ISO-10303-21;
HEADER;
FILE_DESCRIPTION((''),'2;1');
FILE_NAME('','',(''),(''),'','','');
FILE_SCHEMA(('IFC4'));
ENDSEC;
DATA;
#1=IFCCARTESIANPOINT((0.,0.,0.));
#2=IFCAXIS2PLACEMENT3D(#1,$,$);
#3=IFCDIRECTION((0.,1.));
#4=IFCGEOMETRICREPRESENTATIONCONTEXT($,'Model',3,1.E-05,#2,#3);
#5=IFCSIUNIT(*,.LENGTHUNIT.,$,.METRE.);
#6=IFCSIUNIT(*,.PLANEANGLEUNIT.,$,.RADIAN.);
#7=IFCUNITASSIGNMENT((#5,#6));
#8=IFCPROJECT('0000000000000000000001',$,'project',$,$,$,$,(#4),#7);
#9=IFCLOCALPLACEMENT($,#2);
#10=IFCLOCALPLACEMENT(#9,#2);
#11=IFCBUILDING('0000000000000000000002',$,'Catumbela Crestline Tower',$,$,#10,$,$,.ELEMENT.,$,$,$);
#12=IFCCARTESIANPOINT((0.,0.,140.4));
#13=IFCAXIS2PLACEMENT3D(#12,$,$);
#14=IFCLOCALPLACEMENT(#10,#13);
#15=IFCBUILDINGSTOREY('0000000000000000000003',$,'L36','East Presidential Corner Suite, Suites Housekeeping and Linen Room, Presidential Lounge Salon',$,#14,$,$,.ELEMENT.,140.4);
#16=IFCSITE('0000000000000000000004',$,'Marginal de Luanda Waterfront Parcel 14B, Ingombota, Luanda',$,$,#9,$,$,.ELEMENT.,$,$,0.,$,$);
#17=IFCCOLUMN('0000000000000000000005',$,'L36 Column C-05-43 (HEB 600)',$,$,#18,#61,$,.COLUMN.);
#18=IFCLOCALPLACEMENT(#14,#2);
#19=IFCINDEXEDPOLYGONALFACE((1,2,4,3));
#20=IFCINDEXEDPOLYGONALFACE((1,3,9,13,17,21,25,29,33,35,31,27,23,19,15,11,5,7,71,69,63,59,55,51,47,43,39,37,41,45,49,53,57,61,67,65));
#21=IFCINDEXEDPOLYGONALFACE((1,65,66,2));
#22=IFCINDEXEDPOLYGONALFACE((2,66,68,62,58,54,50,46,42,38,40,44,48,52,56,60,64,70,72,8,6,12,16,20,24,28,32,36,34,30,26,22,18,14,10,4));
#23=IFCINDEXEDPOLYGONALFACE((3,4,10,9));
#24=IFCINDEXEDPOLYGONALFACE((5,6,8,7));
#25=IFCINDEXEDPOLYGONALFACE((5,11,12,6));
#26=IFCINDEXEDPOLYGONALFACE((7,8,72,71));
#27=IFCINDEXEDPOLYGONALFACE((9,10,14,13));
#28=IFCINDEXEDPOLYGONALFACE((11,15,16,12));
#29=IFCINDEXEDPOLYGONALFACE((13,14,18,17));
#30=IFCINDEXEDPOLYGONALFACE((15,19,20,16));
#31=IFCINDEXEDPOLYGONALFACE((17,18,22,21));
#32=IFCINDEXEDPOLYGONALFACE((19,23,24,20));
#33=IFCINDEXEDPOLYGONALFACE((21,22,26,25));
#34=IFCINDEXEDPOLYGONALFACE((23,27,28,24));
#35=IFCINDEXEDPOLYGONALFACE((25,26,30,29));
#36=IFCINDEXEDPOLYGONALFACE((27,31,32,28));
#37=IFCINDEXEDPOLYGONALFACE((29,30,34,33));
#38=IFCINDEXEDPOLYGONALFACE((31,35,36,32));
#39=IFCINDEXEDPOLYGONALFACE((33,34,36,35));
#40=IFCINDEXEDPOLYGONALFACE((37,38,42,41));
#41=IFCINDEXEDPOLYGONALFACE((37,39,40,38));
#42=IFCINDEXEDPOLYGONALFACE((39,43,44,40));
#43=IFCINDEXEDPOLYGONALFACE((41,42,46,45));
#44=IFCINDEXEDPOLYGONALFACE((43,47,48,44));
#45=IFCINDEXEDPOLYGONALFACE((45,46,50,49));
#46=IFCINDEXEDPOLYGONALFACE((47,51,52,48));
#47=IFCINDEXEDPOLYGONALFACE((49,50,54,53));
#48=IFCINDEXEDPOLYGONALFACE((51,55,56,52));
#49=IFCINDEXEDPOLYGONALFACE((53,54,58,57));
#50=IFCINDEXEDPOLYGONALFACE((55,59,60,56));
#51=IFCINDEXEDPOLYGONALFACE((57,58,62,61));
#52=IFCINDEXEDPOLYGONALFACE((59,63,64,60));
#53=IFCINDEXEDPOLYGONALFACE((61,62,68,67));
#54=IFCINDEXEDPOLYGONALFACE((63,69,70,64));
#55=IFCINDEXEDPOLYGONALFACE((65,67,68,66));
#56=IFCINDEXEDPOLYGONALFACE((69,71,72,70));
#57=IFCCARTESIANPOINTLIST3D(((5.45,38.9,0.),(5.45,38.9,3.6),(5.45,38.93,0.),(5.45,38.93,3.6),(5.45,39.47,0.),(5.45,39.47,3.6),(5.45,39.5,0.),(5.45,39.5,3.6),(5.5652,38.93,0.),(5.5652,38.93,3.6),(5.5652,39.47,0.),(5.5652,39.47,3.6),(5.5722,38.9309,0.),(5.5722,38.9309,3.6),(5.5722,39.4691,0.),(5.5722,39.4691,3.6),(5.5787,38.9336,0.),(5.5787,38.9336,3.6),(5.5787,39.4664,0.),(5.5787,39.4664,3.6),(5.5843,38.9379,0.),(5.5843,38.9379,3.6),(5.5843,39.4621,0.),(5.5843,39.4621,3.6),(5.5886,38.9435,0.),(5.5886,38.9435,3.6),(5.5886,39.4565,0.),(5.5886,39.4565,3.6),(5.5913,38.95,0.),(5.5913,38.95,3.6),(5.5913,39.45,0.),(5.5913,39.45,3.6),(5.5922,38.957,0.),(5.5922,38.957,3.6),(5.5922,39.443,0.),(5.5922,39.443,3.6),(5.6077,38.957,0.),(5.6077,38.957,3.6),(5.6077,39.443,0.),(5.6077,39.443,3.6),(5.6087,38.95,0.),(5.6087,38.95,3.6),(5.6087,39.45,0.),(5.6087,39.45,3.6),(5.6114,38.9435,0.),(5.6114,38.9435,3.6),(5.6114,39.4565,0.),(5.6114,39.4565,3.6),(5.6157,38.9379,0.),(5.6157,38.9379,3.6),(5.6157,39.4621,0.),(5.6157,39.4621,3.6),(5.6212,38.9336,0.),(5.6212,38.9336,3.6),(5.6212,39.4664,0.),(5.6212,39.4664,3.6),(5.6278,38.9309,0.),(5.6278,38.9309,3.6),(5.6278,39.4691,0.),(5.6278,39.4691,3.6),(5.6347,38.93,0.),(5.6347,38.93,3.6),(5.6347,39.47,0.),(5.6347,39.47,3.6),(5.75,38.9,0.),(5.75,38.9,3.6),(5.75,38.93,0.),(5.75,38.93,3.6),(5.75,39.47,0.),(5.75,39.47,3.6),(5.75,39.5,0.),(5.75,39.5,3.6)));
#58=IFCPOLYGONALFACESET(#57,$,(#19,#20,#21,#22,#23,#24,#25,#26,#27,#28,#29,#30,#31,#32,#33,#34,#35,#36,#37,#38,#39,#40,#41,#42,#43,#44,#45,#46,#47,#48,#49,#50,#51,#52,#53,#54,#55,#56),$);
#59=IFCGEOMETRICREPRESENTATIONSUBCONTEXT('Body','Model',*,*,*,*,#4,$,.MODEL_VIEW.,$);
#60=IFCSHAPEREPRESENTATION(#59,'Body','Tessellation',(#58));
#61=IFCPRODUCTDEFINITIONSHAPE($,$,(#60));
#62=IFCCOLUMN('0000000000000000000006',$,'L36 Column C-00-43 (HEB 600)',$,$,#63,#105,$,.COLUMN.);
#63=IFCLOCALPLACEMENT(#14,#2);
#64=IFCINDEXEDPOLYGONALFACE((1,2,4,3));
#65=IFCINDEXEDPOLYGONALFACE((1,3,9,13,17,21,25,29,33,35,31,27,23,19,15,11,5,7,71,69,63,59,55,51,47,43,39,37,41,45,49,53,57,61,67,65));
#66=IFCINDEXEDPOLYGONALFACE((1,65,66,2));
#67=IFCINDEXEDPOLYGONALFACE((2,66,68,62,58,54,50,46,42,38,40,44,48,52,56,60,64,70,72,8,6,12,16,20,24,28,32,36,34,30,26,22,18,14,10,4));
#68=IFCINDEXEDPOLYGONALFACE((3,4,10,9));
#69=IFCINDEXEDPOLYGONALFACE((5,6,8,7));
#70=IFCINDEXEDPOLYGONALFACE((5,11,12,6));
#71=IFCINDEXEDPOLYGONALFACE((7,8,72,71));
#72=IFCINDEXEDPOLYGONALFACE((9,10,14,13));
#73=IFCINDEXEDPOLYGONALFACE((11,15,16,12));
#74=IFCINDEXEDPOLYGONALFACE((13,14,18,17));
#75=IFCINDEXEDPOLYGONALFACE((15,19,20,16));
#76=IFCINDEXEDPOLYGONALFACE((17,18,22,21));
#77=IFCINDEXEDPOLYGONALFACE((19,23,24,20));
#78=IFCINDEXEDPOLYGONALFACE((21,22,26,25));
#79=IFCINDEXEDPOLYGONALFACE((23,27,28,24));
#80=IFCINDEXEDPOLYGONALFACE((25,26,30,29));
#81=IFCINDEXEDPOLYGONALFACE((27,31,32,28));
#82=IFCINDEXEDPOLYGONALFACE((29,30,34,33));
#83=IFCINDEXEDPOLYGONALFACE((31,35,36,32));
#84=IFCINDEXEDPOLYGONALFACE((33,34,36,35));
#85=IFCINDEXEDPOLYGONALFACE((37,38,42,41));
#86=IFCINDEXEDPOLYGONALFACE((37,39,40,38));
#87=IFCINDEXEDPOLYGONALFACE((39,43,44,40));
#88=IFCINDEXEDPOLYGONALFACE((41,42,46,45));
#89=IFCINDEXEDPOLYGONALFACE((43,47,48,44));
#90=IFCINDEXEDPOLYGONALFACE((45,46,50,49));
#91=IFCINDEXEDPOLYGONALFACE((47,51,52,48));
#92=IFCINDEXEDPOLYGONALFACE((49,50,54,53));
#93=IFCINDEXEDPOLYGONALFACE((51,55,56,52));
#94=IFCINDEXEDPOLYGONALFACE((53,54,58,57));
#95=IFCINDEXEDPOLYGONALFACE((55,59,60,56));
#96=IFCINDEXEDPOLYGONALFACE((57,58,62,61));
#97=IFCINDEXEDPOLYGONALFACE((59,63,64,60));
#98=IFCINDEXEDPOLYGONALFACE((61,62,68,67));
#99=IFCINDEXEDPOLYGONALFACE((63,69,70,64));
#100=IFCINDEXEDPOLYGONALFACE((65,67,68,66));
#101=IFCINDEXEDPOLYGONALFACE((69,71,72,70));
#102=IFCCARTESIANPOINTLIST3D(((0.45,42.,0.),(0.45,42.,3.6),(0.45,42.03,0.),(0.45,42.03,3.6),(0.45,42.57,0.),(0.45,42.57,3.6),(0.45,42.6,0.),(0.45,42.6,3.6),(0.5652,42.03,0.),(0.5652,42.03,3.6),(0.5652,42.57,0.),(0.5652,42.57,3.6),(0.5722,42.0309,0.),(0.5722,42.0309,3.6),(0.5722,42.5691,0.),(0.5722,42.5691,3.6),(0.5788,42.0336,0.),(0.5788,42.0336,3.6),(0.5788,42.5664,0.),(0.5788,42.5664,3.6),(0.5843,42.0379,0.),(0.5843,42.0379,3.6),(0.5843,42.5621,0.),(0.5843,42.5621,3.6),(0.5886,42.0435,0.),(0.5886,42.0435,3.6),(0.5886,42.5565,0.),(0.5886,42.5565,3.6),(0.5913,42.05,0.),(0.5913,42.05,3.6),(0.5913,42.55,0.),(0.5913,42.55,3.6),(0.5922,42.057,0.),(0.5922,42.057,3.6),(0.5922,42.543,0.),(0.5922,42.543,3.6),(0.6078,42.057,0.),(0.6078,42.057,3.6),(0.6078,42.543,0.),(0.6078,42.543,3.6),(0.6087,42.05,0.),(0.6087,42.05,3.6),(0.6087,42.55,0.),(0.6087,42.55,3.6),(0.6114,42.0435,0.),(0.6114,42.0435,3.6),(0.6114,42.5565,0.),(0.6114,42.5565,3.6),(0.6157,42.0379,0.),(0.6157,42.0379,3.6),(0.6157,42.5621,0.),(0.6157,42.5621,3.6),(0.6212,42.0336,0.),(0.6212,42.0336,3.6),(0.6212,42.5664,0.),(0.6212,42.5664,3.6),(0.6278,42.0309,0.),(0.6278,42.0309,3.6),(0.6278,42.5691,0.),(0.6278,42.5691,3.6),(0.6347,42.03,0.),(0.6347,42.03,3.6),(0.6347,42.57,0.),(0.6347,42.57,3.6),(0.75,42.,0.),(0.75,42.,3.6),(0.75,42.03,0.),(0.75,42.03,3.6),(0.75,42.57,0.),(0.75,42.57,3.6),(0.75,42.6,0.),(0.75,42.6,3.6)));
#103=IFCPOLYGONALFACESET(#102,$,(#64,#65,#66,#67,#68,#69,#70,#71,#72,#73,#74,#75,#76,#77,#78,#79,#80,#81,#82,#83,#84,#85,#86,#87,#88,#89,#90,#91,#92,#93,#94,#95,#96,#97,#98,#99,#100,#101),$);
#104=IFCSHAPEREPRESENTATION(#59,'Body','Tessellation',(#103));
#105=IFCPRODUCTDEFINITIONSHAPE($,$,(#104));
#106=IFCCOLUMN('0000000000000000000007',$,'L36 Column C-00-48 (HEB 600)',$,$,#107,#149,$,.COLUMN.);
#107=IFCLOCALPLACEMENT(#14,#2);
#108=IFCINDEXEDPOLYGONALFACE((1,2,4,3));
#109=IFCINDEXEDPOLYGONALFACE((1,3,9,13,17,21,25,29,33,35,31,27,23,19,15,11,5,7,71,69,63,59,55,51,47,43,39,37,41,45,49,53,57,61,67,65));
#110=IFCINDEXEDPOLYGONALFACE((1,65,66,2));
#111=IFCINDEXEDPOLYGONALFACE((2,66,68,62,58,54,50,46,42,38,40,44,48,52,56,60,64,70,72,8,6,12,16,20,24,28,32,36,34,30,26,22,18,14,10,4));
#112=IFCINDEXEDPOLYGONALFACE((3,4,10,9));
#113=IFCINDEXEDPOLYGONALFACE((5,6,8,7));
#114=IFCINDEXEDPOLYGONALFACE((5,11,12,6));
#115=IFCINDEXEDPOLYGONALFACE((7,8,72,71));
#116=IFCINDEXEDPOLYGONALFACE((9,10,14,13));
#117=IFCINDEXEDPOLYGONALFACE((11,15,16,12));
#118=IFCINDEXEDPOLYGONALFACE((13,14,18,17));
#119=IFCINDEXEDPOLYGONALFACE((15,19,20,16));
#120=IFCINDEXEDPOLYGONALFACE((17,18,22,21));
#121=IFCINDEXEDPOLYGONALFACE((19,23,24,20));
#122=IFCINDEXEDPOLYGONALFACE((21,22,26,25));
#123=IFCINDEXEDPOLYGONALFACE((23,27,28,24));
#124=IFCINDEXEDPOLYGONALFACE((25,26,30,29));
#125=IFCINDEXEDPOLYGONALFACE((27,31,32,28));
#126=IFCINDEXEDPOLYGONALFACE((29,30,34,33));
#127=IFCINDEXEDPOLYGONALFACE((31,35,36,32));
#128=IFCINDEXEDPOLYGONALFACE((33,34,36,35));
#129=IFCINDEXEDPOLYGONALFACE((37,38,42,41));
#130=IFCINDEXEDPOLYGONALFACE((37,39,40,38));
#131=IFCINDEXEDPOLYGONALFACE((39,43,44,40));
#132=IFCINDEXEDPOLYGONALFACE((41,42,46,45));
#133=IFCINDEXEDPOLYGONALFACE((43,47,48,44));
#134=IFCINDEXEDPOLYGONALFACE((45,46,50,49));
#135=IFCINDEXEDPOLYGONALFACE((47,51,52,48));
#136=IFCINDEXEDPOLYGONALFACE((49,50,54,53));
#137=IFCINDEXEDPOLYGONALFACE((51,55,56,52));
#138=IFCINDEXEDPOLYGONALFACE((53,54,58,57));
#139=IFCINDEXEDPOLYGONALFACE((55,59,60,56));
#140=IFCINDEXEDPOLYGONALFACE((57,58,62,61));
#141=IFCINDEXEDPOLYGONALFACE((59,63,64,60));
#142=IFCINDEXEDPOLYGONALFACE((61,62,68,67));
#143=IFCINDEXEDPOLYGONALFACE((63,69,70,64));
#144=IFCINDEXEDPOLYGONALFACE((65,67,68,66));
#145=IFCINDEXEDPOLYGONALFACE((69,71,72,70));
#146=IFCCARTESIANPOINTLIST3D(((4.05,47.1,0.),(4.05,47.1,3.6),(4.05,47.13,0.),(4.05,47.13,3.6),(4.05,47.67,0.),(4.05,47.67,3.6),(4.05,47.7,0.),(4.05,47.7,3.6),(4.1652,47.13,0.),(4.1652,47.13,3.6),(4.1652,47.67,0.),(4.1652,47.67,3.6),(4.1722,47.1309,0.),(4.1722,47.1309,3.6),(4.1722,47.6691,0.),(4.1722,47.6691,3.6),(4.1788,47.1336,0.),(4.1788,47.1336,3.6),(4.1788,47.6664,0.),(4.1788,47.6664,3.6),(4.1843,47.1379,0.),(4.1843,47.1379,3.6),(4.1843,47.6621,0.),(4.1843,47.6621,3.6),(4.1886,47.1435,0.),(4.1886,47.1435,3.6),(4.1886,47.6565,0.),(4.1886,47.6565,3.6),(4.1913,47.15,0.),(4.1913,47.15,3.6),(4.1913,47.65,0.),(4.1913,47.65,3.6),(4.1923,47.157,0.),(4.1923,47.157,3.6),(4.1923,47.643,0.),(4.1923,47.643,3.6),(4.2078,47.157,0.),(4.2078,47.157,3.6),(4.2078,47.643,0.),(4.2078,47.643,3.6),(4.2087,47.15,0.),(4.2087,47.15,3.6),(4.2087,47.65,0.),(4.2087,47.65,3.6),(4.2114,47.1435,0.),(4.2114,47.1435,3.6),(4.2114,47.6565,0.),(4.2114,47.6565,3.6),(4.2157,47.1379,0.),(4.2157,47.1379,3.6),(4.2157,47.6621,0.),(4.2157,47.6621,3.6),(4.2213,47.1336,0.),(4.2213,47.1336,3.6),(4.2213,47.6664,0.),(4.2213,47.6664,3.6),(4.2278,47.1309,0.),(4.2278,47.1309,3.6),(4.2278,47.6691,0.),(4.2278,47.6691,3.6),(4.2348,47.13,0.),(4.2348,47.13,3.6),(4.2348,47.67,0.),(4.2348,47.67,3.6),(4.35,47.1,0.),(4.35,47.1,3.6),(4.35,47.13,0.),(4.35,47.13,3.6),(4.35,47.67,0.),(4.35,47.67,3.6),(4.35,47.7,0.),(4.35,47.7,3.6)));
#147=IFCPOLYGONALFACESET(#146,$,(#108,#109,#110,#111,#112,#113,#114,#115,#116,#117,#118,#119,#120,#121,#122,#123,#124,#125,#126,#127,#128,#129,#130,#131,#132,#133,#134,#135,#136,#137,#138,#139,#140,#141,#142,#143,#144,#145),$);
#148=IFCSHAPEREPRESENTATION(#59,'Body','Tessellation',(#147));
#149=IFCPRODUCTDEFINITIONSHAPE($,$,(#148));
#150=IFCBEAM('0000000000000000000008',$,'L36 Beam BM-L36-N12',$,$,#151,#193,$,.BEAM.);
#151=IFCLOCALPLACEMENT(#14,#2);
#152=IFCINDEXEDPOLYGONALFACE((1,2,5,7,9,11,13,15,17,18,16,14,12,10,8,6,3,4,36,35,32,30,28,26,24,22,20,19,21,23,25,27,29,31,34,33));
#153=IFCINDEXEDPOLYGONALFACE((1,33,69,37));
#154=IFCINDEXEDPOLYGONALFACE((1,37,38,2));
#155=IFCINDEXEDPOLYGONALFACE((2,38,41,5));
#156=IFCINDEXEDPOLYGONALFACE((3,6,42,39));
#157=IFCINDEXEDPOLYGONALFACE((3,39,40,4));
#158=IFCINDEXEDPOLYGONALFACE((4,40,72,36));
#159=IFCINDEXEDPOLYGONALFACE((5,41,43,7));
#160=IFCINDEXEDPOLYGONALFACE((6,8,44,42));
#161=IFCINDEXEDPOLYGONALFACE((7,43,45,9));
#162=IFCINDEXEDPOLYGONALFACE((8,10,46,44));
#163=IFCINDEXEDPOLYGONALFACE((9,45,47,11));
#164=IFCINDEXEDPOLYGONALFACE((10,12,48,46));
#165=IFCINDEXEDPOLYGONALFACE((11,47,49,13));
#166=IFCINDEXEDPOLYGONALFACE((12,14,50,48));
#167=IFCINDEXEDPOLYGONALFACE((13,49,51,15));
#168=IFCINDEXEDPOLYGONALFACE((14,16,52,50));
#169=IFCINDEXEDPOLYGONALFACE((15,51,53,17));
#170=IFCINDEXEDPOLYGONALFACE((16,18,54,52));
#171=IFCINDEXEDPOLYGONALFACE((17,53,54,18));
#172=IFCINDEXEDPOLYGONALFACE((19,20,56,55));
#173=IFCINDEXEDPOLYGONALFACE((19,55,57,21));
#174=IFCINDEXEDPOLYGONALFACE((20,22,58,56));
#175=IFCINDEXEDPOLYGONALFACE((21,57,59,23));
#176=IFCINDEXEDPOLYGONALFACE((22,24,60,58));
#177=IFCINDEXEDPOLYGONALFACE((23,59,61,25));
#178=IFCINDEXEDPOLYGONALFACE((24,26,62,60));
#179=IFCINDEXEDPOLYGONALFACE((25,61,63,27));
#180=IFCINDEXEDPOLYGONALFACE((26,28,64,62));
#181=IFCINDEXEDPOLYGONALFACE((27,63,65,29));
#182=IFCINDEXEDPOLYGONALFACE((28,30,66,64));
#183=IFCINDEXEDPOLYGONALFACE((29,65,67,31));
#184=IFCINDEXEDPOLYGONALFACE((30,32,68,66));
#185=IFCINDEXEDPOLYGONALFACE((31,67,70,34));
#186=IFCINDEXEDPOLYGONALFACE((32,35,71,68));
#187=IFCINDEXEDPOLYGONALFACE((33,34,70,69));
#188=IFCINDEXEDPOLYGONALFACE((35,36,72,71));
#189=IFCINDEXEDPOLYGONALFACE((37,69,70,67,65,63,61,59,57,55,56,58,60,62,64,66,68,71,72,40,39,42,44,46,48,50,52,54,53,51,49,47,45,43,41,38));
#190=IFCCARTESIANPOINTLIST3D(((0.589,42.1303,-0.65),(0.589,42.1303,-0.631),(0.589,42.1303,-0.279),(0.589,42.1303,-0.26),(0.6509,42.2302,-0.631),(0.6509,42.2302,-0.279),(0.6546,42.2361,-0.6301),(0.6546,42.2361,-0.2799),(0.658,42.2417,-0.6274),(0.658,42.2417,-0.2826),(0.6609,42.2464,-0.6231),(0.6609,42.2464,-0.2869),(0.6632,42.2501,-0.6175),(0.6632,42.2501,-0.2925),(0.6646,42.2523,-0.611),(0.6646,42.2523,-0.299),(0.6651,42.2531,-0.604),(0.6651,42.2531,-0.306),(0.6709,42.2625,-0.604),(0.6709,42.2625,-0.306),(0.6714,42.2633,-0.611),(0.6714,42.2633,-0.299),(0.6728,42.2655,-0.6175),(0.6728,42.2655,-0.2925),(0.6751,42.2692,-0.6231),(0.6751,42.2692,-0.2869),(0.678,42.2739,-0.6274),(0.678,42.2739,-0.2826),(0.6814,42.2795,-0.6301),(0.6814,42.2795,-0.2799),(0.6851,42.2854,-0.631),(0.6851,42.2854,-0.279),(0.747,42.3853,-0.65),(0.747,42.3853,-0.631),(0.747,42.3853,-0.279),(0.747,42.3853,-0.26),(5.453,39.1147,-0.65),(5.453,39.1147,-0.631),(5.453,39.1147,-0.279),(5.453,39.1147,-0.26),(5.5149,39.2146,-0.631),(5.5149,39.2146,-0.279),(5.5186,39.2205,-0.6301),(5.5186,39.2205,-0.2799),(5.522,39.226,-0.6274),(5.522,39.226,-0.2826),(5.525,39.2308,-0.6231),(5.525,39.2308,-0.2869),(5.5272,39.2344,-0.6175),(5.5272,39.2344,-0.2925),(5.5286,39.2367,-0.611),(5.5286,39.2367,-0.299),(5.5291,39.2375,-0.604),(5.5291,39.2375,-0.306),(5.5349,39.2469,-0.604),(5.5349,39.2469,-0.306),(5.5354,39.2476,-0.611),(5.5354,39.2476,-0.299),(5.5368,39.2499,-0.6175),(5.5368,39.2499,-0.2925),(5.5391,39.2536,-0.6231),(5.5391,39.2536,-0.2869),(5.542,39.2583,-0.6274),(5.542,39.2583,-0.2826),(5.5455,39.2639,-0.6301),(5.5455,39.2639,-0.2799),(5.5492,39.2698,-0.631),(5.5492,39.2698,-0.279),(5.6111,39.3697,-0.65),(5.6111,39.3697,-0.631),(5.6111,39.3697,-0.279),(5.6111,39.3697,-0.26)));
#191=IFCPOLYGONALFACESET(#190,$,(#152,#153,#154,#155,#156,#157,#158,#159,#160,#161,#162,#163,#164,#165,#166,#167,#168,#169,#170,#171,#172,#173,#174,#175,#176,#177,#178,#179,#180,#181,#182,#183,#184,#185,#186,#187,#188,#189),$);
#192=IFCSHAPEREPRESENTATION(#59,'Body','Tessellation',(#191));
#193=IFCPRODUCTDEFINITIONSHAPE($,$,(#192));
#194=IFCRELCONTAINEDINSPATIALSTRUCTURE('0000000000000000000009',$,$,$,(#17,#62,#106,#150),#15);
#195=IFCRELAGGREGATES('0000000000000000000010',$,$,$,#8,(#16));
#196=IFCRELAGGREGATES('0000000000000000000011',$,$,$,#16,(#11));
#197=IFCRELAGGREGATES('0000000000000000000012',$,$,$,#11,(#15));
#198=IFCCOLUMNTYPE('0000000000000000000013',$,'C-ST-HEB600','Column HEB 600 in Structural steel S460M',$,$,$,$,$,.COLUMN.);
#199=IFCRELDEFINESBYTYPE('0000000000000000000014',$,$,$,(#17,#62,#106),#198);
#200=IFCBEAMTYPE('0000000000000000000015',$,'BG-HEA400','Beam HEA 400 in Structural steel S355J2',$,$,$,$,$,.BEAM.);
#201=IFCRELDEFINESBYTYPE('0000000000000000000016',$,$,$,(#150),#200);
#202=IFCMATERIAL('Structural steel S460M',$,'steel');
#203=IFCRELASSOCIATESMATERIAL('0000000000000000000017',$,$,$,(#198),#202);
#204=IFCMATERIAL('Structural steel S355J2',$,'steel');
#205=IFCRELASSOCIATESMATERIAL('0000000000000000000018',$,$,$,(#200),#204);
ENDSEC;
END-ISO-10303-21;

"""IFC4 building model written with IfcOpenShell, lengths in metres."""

from ifc_helpers import new_model, si_unit, direction, frame, origin, origin_2d, place, context, subcontext, project, spatial, i_section, extrude, material, material_profile, profile_set, type_object, element, save


model = new_model("IFC4")

# Units and contexts
model_context = context("Model", 3, precision=1e-05, world=origin(), true_north=direction((0.0, 1.0)))
body_context = subcontext(model_context, "Body", "Model", "MODEL_VIEW")
ifc_project = project(units=[si_unit("LENGTHUNIT", "METRE"), si_unit("PLANEANGLEUNIT", "RADIAN")], contexts=[model_context])

# Site, building, storey
site_placement = place(None, origin())
site = spatial("IfcSite", under=ifc_project, at=site_placement, Name="Marginal de Luanda Waterfront Parcel 14B, Ingombota, Luanda", CompositionType="ELEMENT", RefElevation=0.0)
building_placement = place(site_placement, origin())
building = spatial("IfcBuilding", under=site, at=building_placement, Name="Catumbela Crestline Tower", CompositionType="ELEMENT")
storey_placement = place(building_placement, frame((0.0, 0.0, 140.4)))
storey = spatial("IfcBuildingStorey", under=building, at=storey_placement, Name="L36", Description="East Presidential Corner Suite, Suites Housekeeping and Linen Room, Presidential Lounge Salon", CompositionType="ELEMENT", Elevation=140.4)

# Columns
ifc_material_1 = material(Name="Structural steel S460M", Category="steel")
ifc_material_profile_1 = material_profile(ifc_material_1, i_section(OverallWidth=0.3, OverallDepth=0.6, WebThickness=0.0155, FlangeThickness=0.03, FilletRadius=0.027, at=origin_2d()), Name="HEB 600")
ifc_profile_set_1 = profile_set([ifc_material_profile_1], Name="Structural steel S460M")
column_type = type_object("IfcColumnType", Name="C-ST-HEB600", Description="Column HEB 600 in Structural steel S460M", PredefinedType="COLUMN", material=ifc_profile_set_1)
for number, where, z_axis, x_axis, name in (
    (1, (5.6, 39.2, 0.0), (0.0, 0.0, 1.0), (1.0, 0.0, 0.0), "L36 Column C-05-43 (HEB 600)"),
    (2, (0.6, 42.3, 0.0), (0.0, 0.0, 1.0), (1.0, 0.0, 0.0), "L36 Column C-00-43 (HEB 600)"),
    (3, (4.2, 47.4, 0.0), (0.0, 0.0, 1.0), (1.0, 0.0, 0.0), "L36 Column C-00-48 (HEB 600)"),
):
    element("IfcColumn", number, at=place(storey_placement, frame(where, z_axis=z_axis, x_axis=x_axis)), inside=storey, type_object=column_type, Name=name, PredefinedType="COLUMN", context=body_context, shape_type="SweptSolid", body=[
        extrude(i_section(OverallWidth=0.3, OverallDepth=0.6, WebThickness=0.0155, FlangeThickness=0.03, FilletRadius=0.027, at=origin_2d()), origin(), (0.0, 0.0, 1.0), 3.6),
    ])

# Beam
ifc_material_2 = material(Name="Structural steel S355J2", Category="steel")
ifc_material_profile_2 = material_profile(ifc_material_2, i_section(OverallWidth=0.3, OverallDepth=0.39, WebThickness=0.011, FlangeThickness=0.019, FilletRadius=0.027, at=origin_2d()), Name="HEA 400")
ifc_profile_set_2 = profile_set([ifc_material_profile_2], Name="Structural steel S355J2")
beam_type_1 = type_object("IfcBeamType", Name="BG-HEA400", Description="Beam HEA 400 in Structural steel S355J2", PredefinedType="BEAM", material=ifc_profile_set_2)
beam_1_placement = place(storey_placement, frame((0.668, 42.2578, -0.455), z_axis=(0.849909, -0.52693, 0.0), x_axis=(0.52693, 0.849909, 0.0)))
element("IfcBeam", 4, at=beam_1_placement, inside=storey, type_object=beam_type_1, Name="L36 Beam BM-L36-N12", PredefinedType="BEAM", context=body_context, shape_type="SweptSolid", body=[
    extrude(i_section(OverallWidth=0.3, OverallDepth=0.39, WebThickness=0.011, FlangeThickness=0.019, FilletRadius=0.027, at=origin_2d()), origin(), (0.0, 0.0, 1.0), 5.723),
])

save(model, "model.ifc")
